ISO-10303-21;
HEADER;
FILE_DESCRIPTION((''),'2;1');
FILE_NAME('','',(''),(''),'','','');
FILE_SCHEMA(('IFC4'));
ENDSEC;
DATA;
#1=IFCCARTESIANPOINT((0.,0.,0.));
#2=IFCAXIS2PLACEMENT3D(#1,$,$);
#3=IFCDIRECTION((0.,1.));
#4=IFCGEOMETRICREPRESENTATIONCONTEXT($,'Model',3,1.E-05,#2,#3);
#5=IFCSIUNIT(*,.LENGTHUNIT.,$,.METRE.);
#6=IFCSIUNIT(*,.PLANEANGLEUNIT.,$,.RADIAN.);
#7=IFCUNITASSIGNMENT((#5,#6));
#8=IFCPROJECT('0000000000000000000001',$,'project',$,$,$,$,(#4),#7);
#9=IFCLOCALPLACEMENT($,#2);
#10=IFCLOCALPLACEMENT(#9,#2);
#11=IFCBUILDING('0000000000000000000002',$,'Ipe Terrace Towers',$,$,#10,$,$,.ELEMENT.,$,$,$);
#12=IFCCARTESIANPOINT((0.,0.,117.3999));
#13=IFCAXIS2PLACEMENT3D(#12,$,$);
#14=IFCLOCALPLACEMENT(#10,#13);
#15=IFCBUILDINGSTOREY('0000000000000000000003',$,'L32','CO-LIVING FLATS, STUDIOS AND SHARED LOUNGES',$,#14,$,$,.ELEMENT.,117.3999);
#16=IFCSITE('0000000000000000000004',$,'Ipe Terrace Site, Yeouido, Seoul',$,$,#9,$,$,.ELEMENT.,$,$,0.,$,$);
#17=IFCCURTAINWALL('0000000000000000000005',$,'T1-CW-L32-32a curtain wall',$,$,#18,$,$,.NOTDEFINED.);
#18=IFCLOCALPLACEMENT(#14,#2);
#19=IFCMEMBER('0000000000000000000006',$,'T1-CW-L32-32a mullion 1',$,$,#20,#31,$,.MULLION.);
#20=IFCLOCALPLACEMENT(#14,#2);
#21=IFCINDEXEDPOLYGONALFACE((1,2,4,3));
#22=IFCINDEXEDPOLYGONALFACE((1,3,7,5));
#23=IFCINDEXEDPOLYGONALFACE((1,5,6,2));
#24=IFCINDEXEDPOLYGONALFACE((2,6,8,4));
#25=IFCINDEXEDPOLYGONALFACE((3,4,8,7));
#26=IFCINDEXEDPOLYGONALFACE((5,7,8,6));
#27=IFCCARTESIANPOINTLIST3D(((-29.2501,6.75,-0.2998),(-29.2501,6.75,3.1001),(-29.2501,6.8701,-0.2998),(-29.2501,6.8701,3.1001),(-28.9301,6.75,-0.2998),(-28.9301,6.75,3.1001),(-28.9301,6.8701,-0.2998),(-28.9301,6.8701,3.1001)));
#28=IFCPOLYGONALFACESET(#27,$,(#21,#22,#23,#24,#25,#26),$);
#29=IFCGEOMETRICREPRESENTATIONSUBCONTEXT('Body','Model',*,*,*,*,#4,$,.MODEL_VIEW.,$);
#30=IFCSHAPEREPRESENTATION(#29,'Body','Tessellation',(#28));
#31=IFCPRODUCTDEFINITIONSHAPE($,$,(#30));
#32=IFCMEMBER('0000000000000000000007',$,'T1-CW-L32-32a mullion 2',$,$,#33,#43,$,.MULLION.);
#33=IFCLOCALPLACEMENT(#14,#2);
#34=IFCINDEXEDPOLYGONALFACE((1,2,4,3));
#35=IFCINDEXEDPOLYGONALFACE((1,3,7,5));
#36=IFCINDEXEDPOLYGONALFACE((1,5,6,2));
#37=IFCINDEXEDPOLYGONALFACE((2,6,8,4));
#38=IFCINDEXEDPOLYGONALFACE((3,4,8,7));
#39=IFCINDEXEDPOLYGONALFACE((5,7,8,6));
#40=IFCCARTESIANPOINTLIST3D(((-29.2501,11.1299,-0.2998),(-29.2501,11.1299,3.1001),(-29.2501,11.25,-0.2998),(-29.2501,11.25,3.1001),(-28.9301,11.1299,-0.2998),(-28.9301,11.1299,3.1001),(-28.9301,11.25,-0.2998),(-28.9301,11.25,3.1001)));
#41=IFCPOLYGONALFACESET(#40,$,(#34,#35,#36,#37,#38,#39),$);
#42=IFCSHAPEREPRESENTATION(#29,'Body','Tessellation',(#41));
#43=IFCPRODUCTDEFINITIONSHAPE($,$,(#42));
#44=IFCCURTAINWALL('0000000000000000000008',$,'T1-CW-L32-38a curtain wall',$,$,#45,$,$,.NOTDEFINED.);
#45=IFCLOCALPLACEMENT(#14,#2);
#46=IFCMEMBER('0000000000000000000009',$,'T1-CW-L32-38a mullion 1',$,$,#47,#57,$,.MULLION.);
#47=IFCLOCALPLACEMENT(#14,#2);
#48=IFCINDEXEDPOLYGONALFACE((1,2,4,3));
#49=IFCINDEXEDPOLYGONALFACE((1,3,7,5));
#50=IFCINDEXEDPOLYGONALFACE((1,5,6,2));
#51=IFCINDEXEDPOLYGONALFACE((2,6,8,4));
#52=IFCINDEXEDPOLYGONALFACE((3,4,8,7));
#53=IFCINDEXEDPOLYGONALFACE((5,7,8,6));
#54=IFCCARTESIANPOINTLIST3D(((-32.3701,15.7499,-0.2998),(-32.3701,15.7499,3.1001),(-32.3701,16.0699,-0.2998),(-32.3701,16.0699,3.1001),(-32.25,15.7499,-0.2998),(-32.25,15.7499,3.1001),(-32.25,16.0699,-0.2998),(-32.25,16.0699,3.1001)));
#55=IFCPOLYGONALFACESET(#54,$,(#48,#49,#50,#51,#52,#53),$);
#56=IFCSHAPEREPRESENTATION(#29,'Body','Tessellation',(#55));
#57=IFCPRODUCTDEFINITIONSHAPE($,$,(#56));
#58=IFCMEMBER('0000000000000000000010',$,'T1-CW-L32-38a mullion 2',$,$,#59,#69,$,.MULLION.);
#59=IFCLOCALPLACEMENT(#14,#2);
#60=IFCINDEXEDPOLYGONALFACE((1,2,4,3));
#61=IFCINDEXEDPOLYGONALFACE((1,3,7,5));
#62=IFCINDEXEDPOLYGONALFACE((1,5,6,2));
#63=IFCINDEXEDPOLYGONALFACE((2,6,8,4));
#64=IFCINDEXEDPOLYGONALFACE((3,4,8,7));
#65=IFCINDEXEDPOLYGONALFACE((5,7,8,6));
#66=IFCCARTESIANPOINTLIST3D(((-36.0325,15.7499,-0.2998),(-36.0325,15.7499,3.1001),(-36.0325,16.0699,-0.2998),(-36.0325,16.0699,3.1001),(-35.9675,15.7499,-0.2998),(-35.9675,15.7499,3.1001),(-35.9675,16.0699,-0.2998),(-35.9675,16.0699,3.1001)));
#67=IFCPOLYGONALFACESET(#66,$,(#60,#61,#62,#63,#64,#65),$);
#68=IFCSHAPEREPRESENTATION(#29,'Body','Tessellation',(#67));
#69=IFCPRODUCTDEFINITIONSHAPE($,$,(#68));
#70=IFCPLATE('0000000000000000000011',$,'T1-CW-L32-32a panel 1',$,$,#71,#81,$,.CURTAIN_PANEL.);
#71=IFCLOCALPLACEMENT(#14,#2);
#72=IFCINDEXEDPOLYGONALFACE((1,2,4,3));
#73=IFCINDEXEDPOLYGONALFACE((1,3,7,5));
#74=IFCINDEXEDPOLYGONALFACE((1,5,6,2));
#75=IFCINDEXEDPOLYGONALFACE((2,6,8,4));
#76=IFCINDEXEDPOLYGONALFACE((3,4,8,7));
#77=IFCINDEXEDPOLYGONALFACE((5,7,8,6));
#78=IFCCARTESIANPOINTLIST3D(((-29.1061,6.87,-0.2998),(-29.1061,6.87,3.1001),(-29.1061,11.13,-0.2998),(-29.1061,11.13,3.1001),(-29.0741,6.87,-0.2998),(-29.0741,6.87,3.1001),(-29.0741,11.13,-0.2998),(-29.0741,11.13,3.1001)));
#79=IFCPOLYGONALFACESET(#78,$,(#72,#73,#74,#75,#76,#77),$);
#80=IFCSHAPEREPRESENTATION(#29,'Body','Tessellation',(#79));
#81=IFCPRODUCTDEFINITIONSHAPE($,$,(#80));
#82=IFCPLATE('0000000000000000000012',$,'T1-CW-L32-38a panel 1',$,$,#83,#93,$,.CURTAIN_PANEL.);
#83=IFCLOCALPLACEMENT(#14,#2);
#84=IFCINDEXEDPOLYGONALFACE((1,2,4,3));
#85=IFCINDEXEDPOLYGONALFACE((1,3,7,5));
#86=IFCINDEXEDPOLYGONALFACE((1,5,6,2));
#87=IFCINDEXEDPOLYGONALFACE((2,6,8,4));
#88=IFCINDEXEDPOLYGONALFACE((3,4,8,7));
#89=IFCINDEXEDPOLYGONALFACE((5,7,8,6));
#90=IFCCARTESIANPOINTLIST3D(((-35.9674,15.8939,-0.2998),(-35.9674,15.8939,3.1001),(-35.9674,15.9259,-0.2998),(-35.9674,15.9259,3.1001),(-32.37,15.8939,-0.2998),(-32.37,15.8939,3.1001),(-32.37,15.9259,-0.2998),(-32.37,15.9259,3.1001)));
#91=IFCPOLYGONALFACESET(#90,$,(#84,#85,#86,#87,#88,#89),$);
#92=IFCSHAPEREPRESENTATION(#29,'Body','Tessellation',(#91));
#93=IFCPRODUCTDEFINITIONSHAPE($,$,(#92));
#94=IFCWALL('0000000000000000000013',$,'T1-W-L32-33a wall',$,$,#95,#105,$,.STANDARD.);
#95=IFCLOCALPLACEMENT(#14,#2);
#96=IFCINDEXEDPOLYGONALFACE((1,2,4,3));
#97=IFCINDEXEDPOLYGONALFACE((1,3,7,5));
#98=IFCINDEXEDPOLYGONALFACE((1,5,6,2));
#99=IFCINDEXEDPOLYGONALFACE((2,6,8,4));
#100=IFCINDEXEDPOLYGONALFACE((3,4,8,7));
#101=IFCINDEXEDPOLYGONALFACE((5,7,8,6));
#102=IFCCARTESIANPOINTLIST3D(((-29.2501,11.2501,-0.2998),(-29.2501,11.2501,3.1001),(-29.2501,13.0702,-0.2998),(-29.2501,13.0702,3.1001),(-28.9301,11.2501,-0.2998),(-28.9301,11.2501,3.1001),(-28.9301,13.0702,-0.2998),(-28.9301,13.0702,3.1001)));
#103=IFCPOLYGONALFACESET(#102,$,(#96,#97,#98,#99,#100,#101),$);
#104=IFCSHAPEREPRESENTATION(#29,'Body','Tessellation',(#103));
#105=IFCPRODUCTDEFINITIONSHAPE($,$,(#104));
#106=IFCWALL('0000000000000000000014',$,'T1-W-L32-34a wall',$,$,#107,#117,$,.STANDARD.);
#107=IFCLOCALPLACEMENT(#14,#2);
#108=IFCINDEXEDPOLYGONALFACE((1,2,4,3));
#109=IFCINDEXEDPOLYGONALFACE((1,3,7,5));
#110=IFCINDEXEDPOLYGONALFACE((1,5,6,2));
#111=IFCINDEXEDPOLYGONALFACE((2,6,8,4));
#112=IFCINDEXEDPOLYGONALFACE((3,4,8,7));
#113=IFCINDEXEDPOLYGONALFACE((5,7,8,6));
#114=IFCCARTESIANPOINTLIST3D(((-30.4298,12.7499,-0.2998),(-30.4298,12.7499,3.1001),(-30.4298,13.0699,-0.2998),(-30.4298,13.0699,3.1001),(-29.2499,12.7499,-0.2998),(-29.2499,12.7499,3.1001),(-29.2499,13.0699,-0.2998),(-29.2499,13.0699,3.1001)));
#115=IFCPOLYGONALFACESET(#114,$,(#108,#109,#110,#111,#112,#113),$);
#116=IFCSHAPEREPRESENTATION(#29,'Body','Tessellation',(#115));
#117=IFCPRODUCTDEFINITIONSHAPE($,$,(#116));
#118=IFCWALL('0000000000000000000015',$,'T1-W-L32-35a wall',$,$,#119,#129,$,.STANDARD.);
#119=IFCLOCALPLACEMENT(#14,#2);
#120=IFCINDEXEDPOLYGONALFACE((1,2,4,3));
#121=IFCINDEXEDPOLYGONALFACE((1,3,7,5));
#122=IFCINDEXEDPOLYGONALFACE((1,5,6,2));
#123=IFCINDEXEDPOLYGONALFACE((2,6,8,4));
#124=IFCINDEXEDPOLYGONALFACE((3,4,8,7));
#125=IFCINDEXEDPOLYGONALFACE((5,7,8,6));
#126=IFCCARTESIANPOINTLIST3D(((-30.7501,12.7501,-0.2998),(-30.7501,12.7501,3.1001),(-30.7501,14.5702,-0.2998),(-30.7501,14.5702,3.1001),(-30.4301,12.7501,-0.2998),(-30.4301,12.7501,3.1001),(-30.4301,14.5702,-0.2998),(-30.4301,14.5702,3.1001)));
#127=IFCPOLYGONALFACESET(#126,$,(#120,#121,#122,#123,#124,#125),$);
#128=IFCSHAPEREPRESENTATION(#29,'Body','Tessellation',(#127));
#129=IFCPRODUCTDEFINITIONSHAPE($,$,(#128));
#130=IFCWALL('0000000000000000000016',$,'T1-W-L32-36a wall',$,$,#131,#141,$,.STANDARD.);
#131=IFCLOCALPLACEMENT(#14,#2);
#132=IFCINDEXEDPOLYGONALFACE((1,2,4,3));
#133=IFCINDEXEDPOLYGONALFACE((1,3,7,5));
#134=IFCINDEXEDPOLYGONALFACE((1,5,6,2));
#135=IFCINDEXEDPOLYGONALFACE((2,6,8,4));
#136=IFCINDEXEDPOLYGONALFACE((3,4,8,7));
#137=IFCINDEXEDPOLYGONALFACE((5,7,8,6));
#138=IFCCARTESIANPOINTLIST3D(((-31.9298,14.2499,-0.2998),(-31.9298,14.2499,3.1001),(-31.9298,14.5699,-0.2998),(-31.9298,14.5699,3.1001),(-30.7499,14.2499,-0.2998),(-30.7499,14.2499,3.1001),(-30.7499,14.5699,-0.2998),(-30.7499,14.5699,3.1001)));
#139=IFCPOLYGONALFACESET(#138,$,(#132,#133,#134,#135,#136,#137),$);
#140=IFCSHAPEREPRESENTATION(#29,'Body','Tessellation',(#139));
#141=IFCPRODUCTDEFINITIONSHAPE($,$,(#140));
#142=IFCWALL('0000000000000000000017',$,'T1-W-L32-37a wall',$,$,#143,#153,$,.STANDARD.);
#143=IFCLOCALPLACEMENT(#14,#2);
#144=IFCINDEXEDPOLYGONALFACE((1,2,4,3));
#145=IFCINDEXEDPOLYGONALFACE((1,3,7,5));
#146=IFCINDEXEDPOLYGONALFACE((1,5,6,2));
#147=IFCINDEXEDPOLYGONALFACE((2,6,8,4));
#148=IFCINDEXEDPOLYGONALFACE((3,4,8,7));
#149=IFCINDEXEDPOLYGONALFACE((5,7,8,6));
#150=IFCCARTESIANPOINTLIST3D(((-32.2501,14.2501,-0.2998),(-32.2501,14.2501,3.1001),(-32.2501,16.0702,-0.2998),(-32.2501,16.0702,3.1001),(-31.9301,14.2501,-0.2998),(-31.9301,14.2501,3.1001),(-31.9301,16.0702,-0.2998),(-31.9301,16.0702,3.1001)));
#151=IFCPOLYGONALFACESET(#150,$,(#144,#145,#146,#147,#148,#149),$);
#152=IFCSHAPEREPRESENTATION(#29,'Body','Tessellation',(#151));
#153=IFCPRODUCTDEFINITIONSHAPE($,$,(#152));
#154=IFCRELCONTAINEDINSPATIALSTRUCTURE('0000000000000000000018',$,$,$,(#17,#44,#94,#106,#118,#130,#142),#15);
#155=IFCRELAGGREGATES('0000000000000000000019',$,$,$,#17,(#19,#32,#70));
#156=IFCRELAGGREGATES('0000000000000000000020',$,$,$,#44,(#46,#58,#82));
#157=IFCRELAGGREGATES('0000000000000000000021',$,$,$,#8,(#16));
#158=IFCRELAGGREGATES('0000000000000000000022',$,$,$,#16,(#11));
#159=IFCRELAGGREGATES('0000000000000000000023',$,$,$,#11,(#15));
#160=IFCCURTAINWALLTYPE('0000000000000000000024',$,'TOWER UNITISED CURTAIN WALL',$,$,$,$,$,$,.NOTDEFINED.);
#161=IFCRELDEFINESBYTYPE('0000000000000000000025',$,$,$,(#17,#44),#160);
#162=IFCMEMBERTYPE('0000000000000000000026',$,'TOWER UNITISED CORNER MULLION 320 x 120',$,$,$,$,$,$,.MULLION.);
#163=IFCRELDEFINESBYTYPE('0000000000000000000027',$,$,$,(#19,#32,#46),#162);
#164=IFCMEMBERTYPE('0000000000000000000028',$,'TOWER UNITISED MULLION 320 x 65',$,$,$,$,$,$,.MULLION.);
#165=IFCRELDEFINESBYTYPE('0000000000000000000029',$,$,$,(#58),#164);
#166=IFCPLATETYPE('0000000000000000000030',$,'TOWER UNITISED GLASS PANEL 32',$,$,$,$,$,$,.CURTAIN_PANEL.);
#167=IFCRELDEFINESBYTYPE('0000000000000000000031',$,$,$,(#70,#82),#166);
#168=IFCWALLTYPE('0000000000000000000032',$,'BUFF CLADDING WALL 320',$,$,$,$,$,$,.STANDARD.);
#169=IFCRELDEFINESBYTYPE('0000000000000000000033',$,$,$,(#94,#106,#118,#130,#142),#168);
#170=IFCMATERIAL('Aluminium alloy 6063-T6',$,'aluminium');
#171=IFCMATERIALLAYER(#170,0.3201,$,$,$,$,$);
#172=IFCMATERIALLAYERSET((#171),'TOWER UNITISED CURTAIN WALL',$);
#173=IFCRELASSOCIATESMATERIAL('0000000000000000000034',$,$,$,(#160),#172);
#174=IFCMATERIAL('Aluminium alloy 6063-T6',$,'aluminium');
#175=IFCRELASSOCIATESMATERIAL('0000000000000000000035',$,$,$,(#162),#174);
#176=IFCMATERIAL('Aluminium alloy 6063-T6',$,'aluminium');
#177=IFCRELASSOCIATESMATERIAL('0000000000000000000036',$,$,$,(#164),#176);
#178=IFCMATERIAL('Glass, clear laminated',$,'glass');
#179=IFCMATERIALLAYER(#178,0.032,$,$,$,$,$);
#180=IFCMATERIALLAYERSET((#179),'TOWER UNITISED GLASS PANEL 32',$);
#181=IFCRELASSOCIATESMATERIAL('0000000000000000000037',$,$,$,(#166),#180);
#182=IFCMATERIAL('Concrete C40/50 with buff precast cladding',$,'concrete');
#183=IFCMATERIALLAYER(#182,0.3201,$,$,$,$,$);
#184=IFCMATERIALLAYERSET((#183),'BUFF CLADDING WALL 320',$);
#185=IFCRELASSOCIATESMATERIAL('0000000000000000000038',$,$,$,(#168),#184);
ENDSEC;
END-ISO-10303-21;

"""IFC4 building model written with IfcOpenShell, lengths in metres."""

from ifc_helpers import new_model, si_unit, direction, frame, frame_2d, origin, origin_2d, place, context, subcontext, project, spatial, rectangle, extrude, material, layer, layer_set, material_profile, profile_set, type_object, element, aggregate, save


model = new_model("IFC4")

# Units and contexts
model_context = context("Model", 3, precision=1e-05, world=origin(), true_north=direction((0.0, 1.0)))
body_context = subcontext(model_context, "Body", "Model", "MODEL_VIEW")
ifc_project = project(units=[si_unit("LENGTHUNIT", "METRE"), si_unit("PLANEANGLEUNIT", "RADIAN")], contexts=[model_context])

# Site, building, storey
site_placement = place(None, origin())
site = spatial("IfcSite", under=ifc_project, at=site_placement, Name="Ipe Terrace Site, Yeouido, Seoul", CompositionType="ELEMENT", RefElevation=0.0)
building_placement = place(site_placement, origin())
building = spatial("IfcBuilding", under=site, at=building_placement, Name="Ipe Terrace Towers", CompositionType="ELEMENT")
storey_placement = place(building_placement, frame((0.0, 0.0, 117.3999)))
storey = spatial("IfcBuildingStorey", under=building, at=storey_placement, Name="L32", Description="CO-LIVING FLATS, STUDIOS AND SHARED LOUNGES", CompositionType="ELEMENT", Elevation=117.3999)

# Curtain walls, members
ifc_material_1 = material(Name="Aluminium alloy 6063-T6", Category="aluminium")
ifc_layer_1 = layer(ifc_material_1, 0.3201)
ifc_layer_set_1 = layer_set([ifc_layer_1], Name="TOWER UNITISED CURTAIN WALL")
curtain_wall_type = type_object("IfcCurtainWallType", Name="TOWER UNITISED CURTAIN WALL", PredefinedType="NOTDEFINED", material=ifc_layer_set_1)
curtain_wall_1_placement = place(storey_placement, origin())
curtain_wall_1 = element("IfcCurtainWall", 1, at=curtain_wall_1_placement, inside=storey, type_object=curtain_wall_type, Name="T1-CW-L32-32a curtain wall", PredefinedType="NOTDEFINED")
ifc_material_2 = material(Name="Aluminium alloy 6063-T6", Category="aluminium")
ifc_material_profile_1 = material_profile(ifc_material_2, rectangle(XDim=0.3201, YDim=0.1201, at=origin_2d()), Name="TOWER UNITISED CORNER MULLION 320 x 120")
ifc_profile_set_1 = profile_set([ifc_material_profile_1], Name="Aluminium alloy 6063-T6")
member_type_1 = type_object("IfcMemberType", Name="TOWER UNITISED CORNER MULLION 320 x 120", PredefinedType="MULLION", material=ifc_profile_set_1)
member_1_placement = place(storey_placement, frame((-29.0901, 6.8101, -0.2998), z_axis=(0.0, 0.0, 1.0), x_axis=(1.0, 0.0, 0.0)))
member_1 = element("IfcMember", 2, at=member_1_placement, type_object=member_type_1, Name="T1-CW-L32-32a mullion 1", PredefinedType="MULLION", context=body_context, shape_type="SweptSolid", body=[
    extrude(rectangle(XDim=0.3201, YDim=0.1201, at=origin_2d()), origin(), (0.0, 0.0, 1.0), 3.3999),
])
member_2_placement = place(storey_placement, frame((-29.0901, 11.1899, -0.2998), z_axis=(0.0, 0.0, 1.0), x_axis=(1.0, 0.0, 0.0)))
member_2 = element("IfcMember", 3, at=member_2_placement, type_object=member_type_1, Name="T1-CW-L32-32a mullion 2", PredefinedType="MULLION", context=body_context, shape_type="SweptSolid", body=[
    extrude(rectangle(XDim=0.3201, YDim=0.1201, at=origin_2d()), origin(), (0.0, 0.0, 1.0), 3.3999),
])
curtain_wall_2_placement = place(storey_placement, origin())
curtain_wall_2 = element("IfcCurtainWall", 4, at=curtain_wall_2_placement, inside=storey, type_object=curtain_wall_type, Name="T1-CW-L32-38a curtain wall", PredefinedType="NOTDEFINED")
member_3_placement = place(storey_placement, frame((-32.3101, 15.9099, -0.2998), z_axis=(0.0, 0.0, 1.0), x_axis=(0.0, 1.0, 0.0)))
member_3 = element("IfcMember", 5, at=member_3_placement, type_object=member_type_1, Name="T1-CW-L32-38a mullion 1", PredefinedType="MULLION", context=body_context, shape_type="SweptSolid", body=[
    extrude(rectangle(XDim=0.3201, YDim=0.1201, at=origin_2d()), origin(), (0.0, 0.0, 1.0), 3.3999),
])
ifc_material_3 = material(Name="Aluminium alloy 6063-T6", Category="aluminium")
ifc_material_profile_2 = material_profile(ifc_material_3, rectangle(XDim=0.3201, YDim=0.0649, at=origin_2d()), Name="TOWER UNITISED MULLION 320 x 65")
ifc_profile_set_2 = profile_set([ifc_material_profile_2], Name="Aluminium alloy 6063-T6")
member_type_2 = type_object("IfcMemberType", Name="TOWER UNITISED MULLION 320 x 65", PredefinedType="MULLION", material=ifc_profile_set_2)
member_4_placement = place(storey_placement, frame((-36.0, 15.9099, -0.2998), z_axis=(0.0, 0.0, 1.0), x_axis=(0.0, 1.0, 0.0)))
member_4 = element("IfcMember", 6, at=member_4_placement, type_object=member_type_2, Name="T1-CW-L32-38a mullion 2", PredefinedType="MULLION", context=body_context, shape_type="SweptSolid", body=[
    extrude(rectangle(XDim=0.3201, YDim=0.0649, at=origin_2d()), origin(), (0.0, 0.0, 1.0), 3.3999),
])

# Plates
ifc_material_4 = material(Name="Glass, clear laminated", Category="glass")
ifc_layer_2 = layer(ifc_material_4, 0.032)
ifc_layer_set_2 = layer_set([ifc_layer_2], Name="TOWER UNITISED GLASS PANEL 32")
plate_type = type_object("IfcPlateType", Name="TOWER UNITISED GLASS PANEL 32", PredefinedType="CURTAIN_PANEL", material=ifc_layer_set_2)
plate_1_placement = place(storey_placement, frame((-29.0901, 9.0, -0.2998), z_axis=(0.0, 0.0, 1.0), x_axis=(0.0, 1.0, 0.0)))
plate_1 = element("IfcPlate", 7, at=plate_1_placement, type_object=plate_type, Name="T1-CW-L32-32a panel 1", PredefinedType="CURTAIN_PANEL", context=body_context, shape_type="SweptSolid", body=[
    extrude(rectangle(XDim=4.26, YDim=0.032, at=origin_2d()), origin(), (0.0, 0.0, 1.0), 3.3999),
])
aggregate(curtain_wall_1, [member_1, member_2, plate_1])
plate_2_placement = place(storey_placement, frame((-34.1687, 15.9099, -0.2998), z_axis=(0.0, 0.0, 1.0), x_axis=(-1.0, 0.0, 0.0)))
plate_2 = element("IfcPlate", 8, at=plate_2_placement, type_object=plate_type, Name="T1-CW-L32-38a panel 1", PredefinedType="CURTAIN_PANEL", context=body_context, shape_type="SweptSolid", body=[
    extrude(rectangle(XDim=3.5974, YDim=0.032, at=origin_2d()), origin(), (0.0, 0.0, 1.0), 3.3999),
])
aggregate(curtain_wall_2, [member_3, member_4, plate_2])

# Walls
ifc_material_5 = material(Name="Concrete C40/50 with buff precast cladding", Category="concrete")
ifc_layer_3 = layer(ifc_material_5, 0.3201)
ifc_layer_set_3 = layer_set([ifc_layer_3], Name="BUFF CLADDING WALL 320")
wall_type_1 = type_object("IfcWallType", Name="BUFF CLADDING WALL 320", PredefinedType="STANDARD", material=ifc_layer_set_3)
wall_1_placement = place(storey_placement, frame((-29.0901, 11.25, -0.2998), z_axis=(0.0, 0.0, 1.0), x_axis=(0.0, 1.0, 0.0)))
element("IfcWall", 9, at=wall_1_placement, inside=storey, type_object=wall_type_1, Name="T1-W-L32-33a wall", PredefinedType="STANDARD", context=body_context, shape_type="SweptSolid", body=[
    extrude(rectangle(XDim=1.8201, YDim=0.3201, at=frame_2d((0.9102, 0.0))), origin(), (0.0, 0.0, 1.0), 3.3999),
])
wall_2_placement = place(storey_placement, frame((-29.25, 12.9099, -0.2998), z_axis=(0.0, 0.0, 1.0), x_axis=(-1.0, 0.0, 0.0)))
element("IfcWall", 10, at=wall_2_placement, inside=storey, type_object=wall_type_1, Name="T1-W-L32-34a wall", PredefinedType="STANDARD", context=body_context, shape_type="SweptSolid", body=[
    extrude(rectangle(XDim=1.1799, YDim=0.3201, at=frame_2d((0.5898, 0.0))), origin(), (0.0, 0.0, 1.0), 3.3999),
])
wall_3_placement = place(storey_placement, frame((-30.5901, 12.75, -0.2998), z_axis=(0.0, 0.0, 1.0), x_axis=(0.0, 1.0, 0.0)))
element("IfcWall", 11, at=wall_3_placement, inside=storey, type_object=wall_type_1, Name="T1-W-L32-35a wall", PredefinedType="STANDARD", context=body_context, shape_type="SweptSolid", body=[
    extrude(rectangle(XDim=1.8201, YDim=0.3201, at=frame_2d((0.9102, 0.0))), origin(), (0.0, 0.0, 1.0), 3.3999),
])
wall_4_placement = place(storey_placement, frame((-30.75, 14.4099, -0.2998), z_axis=(0.0, 0.0, 1.0), x_axis=(-1.0, 0.0, 0.0)))
element("IfcWall", 12, at=wall_4_placement, inside=storey, type_object=wall_type_1, Name="T1-W-L32-36a wall", PredefinedType="STANDARD", context=body_context, shape_type="SweptSolid", body=[
    extrude(rectangle(XDim=1.1799, YDim=0.3201, at=frame_2d((0.5898, 0.0))), origin(), (0.0, 0.0, 1.0), 3.3999),
])
wall_5_placement = place(storey_placement, frame((-32.0901, 14.25, -0.2998), z_axis=(0.0, 0.0, 1.0), x_axis=(0.0, 1.0, 0.0)))
element("IfcWall", 13, at=wall_5_placement, inside=storey, type_object=wall_type_1, Name="T1-W-L32-37a wall", PredefinedType="STANDARD", context=body_context, shape_type="SweptSolid", body=[
    extrude(rectangle(XDim=1.8201, YDim=0.3201, at=frame_2d((0.9102, 0.0))), origin(), (0.0, 0.0, 1.0), 3.3999),
])

save(model, "model.ifc")
